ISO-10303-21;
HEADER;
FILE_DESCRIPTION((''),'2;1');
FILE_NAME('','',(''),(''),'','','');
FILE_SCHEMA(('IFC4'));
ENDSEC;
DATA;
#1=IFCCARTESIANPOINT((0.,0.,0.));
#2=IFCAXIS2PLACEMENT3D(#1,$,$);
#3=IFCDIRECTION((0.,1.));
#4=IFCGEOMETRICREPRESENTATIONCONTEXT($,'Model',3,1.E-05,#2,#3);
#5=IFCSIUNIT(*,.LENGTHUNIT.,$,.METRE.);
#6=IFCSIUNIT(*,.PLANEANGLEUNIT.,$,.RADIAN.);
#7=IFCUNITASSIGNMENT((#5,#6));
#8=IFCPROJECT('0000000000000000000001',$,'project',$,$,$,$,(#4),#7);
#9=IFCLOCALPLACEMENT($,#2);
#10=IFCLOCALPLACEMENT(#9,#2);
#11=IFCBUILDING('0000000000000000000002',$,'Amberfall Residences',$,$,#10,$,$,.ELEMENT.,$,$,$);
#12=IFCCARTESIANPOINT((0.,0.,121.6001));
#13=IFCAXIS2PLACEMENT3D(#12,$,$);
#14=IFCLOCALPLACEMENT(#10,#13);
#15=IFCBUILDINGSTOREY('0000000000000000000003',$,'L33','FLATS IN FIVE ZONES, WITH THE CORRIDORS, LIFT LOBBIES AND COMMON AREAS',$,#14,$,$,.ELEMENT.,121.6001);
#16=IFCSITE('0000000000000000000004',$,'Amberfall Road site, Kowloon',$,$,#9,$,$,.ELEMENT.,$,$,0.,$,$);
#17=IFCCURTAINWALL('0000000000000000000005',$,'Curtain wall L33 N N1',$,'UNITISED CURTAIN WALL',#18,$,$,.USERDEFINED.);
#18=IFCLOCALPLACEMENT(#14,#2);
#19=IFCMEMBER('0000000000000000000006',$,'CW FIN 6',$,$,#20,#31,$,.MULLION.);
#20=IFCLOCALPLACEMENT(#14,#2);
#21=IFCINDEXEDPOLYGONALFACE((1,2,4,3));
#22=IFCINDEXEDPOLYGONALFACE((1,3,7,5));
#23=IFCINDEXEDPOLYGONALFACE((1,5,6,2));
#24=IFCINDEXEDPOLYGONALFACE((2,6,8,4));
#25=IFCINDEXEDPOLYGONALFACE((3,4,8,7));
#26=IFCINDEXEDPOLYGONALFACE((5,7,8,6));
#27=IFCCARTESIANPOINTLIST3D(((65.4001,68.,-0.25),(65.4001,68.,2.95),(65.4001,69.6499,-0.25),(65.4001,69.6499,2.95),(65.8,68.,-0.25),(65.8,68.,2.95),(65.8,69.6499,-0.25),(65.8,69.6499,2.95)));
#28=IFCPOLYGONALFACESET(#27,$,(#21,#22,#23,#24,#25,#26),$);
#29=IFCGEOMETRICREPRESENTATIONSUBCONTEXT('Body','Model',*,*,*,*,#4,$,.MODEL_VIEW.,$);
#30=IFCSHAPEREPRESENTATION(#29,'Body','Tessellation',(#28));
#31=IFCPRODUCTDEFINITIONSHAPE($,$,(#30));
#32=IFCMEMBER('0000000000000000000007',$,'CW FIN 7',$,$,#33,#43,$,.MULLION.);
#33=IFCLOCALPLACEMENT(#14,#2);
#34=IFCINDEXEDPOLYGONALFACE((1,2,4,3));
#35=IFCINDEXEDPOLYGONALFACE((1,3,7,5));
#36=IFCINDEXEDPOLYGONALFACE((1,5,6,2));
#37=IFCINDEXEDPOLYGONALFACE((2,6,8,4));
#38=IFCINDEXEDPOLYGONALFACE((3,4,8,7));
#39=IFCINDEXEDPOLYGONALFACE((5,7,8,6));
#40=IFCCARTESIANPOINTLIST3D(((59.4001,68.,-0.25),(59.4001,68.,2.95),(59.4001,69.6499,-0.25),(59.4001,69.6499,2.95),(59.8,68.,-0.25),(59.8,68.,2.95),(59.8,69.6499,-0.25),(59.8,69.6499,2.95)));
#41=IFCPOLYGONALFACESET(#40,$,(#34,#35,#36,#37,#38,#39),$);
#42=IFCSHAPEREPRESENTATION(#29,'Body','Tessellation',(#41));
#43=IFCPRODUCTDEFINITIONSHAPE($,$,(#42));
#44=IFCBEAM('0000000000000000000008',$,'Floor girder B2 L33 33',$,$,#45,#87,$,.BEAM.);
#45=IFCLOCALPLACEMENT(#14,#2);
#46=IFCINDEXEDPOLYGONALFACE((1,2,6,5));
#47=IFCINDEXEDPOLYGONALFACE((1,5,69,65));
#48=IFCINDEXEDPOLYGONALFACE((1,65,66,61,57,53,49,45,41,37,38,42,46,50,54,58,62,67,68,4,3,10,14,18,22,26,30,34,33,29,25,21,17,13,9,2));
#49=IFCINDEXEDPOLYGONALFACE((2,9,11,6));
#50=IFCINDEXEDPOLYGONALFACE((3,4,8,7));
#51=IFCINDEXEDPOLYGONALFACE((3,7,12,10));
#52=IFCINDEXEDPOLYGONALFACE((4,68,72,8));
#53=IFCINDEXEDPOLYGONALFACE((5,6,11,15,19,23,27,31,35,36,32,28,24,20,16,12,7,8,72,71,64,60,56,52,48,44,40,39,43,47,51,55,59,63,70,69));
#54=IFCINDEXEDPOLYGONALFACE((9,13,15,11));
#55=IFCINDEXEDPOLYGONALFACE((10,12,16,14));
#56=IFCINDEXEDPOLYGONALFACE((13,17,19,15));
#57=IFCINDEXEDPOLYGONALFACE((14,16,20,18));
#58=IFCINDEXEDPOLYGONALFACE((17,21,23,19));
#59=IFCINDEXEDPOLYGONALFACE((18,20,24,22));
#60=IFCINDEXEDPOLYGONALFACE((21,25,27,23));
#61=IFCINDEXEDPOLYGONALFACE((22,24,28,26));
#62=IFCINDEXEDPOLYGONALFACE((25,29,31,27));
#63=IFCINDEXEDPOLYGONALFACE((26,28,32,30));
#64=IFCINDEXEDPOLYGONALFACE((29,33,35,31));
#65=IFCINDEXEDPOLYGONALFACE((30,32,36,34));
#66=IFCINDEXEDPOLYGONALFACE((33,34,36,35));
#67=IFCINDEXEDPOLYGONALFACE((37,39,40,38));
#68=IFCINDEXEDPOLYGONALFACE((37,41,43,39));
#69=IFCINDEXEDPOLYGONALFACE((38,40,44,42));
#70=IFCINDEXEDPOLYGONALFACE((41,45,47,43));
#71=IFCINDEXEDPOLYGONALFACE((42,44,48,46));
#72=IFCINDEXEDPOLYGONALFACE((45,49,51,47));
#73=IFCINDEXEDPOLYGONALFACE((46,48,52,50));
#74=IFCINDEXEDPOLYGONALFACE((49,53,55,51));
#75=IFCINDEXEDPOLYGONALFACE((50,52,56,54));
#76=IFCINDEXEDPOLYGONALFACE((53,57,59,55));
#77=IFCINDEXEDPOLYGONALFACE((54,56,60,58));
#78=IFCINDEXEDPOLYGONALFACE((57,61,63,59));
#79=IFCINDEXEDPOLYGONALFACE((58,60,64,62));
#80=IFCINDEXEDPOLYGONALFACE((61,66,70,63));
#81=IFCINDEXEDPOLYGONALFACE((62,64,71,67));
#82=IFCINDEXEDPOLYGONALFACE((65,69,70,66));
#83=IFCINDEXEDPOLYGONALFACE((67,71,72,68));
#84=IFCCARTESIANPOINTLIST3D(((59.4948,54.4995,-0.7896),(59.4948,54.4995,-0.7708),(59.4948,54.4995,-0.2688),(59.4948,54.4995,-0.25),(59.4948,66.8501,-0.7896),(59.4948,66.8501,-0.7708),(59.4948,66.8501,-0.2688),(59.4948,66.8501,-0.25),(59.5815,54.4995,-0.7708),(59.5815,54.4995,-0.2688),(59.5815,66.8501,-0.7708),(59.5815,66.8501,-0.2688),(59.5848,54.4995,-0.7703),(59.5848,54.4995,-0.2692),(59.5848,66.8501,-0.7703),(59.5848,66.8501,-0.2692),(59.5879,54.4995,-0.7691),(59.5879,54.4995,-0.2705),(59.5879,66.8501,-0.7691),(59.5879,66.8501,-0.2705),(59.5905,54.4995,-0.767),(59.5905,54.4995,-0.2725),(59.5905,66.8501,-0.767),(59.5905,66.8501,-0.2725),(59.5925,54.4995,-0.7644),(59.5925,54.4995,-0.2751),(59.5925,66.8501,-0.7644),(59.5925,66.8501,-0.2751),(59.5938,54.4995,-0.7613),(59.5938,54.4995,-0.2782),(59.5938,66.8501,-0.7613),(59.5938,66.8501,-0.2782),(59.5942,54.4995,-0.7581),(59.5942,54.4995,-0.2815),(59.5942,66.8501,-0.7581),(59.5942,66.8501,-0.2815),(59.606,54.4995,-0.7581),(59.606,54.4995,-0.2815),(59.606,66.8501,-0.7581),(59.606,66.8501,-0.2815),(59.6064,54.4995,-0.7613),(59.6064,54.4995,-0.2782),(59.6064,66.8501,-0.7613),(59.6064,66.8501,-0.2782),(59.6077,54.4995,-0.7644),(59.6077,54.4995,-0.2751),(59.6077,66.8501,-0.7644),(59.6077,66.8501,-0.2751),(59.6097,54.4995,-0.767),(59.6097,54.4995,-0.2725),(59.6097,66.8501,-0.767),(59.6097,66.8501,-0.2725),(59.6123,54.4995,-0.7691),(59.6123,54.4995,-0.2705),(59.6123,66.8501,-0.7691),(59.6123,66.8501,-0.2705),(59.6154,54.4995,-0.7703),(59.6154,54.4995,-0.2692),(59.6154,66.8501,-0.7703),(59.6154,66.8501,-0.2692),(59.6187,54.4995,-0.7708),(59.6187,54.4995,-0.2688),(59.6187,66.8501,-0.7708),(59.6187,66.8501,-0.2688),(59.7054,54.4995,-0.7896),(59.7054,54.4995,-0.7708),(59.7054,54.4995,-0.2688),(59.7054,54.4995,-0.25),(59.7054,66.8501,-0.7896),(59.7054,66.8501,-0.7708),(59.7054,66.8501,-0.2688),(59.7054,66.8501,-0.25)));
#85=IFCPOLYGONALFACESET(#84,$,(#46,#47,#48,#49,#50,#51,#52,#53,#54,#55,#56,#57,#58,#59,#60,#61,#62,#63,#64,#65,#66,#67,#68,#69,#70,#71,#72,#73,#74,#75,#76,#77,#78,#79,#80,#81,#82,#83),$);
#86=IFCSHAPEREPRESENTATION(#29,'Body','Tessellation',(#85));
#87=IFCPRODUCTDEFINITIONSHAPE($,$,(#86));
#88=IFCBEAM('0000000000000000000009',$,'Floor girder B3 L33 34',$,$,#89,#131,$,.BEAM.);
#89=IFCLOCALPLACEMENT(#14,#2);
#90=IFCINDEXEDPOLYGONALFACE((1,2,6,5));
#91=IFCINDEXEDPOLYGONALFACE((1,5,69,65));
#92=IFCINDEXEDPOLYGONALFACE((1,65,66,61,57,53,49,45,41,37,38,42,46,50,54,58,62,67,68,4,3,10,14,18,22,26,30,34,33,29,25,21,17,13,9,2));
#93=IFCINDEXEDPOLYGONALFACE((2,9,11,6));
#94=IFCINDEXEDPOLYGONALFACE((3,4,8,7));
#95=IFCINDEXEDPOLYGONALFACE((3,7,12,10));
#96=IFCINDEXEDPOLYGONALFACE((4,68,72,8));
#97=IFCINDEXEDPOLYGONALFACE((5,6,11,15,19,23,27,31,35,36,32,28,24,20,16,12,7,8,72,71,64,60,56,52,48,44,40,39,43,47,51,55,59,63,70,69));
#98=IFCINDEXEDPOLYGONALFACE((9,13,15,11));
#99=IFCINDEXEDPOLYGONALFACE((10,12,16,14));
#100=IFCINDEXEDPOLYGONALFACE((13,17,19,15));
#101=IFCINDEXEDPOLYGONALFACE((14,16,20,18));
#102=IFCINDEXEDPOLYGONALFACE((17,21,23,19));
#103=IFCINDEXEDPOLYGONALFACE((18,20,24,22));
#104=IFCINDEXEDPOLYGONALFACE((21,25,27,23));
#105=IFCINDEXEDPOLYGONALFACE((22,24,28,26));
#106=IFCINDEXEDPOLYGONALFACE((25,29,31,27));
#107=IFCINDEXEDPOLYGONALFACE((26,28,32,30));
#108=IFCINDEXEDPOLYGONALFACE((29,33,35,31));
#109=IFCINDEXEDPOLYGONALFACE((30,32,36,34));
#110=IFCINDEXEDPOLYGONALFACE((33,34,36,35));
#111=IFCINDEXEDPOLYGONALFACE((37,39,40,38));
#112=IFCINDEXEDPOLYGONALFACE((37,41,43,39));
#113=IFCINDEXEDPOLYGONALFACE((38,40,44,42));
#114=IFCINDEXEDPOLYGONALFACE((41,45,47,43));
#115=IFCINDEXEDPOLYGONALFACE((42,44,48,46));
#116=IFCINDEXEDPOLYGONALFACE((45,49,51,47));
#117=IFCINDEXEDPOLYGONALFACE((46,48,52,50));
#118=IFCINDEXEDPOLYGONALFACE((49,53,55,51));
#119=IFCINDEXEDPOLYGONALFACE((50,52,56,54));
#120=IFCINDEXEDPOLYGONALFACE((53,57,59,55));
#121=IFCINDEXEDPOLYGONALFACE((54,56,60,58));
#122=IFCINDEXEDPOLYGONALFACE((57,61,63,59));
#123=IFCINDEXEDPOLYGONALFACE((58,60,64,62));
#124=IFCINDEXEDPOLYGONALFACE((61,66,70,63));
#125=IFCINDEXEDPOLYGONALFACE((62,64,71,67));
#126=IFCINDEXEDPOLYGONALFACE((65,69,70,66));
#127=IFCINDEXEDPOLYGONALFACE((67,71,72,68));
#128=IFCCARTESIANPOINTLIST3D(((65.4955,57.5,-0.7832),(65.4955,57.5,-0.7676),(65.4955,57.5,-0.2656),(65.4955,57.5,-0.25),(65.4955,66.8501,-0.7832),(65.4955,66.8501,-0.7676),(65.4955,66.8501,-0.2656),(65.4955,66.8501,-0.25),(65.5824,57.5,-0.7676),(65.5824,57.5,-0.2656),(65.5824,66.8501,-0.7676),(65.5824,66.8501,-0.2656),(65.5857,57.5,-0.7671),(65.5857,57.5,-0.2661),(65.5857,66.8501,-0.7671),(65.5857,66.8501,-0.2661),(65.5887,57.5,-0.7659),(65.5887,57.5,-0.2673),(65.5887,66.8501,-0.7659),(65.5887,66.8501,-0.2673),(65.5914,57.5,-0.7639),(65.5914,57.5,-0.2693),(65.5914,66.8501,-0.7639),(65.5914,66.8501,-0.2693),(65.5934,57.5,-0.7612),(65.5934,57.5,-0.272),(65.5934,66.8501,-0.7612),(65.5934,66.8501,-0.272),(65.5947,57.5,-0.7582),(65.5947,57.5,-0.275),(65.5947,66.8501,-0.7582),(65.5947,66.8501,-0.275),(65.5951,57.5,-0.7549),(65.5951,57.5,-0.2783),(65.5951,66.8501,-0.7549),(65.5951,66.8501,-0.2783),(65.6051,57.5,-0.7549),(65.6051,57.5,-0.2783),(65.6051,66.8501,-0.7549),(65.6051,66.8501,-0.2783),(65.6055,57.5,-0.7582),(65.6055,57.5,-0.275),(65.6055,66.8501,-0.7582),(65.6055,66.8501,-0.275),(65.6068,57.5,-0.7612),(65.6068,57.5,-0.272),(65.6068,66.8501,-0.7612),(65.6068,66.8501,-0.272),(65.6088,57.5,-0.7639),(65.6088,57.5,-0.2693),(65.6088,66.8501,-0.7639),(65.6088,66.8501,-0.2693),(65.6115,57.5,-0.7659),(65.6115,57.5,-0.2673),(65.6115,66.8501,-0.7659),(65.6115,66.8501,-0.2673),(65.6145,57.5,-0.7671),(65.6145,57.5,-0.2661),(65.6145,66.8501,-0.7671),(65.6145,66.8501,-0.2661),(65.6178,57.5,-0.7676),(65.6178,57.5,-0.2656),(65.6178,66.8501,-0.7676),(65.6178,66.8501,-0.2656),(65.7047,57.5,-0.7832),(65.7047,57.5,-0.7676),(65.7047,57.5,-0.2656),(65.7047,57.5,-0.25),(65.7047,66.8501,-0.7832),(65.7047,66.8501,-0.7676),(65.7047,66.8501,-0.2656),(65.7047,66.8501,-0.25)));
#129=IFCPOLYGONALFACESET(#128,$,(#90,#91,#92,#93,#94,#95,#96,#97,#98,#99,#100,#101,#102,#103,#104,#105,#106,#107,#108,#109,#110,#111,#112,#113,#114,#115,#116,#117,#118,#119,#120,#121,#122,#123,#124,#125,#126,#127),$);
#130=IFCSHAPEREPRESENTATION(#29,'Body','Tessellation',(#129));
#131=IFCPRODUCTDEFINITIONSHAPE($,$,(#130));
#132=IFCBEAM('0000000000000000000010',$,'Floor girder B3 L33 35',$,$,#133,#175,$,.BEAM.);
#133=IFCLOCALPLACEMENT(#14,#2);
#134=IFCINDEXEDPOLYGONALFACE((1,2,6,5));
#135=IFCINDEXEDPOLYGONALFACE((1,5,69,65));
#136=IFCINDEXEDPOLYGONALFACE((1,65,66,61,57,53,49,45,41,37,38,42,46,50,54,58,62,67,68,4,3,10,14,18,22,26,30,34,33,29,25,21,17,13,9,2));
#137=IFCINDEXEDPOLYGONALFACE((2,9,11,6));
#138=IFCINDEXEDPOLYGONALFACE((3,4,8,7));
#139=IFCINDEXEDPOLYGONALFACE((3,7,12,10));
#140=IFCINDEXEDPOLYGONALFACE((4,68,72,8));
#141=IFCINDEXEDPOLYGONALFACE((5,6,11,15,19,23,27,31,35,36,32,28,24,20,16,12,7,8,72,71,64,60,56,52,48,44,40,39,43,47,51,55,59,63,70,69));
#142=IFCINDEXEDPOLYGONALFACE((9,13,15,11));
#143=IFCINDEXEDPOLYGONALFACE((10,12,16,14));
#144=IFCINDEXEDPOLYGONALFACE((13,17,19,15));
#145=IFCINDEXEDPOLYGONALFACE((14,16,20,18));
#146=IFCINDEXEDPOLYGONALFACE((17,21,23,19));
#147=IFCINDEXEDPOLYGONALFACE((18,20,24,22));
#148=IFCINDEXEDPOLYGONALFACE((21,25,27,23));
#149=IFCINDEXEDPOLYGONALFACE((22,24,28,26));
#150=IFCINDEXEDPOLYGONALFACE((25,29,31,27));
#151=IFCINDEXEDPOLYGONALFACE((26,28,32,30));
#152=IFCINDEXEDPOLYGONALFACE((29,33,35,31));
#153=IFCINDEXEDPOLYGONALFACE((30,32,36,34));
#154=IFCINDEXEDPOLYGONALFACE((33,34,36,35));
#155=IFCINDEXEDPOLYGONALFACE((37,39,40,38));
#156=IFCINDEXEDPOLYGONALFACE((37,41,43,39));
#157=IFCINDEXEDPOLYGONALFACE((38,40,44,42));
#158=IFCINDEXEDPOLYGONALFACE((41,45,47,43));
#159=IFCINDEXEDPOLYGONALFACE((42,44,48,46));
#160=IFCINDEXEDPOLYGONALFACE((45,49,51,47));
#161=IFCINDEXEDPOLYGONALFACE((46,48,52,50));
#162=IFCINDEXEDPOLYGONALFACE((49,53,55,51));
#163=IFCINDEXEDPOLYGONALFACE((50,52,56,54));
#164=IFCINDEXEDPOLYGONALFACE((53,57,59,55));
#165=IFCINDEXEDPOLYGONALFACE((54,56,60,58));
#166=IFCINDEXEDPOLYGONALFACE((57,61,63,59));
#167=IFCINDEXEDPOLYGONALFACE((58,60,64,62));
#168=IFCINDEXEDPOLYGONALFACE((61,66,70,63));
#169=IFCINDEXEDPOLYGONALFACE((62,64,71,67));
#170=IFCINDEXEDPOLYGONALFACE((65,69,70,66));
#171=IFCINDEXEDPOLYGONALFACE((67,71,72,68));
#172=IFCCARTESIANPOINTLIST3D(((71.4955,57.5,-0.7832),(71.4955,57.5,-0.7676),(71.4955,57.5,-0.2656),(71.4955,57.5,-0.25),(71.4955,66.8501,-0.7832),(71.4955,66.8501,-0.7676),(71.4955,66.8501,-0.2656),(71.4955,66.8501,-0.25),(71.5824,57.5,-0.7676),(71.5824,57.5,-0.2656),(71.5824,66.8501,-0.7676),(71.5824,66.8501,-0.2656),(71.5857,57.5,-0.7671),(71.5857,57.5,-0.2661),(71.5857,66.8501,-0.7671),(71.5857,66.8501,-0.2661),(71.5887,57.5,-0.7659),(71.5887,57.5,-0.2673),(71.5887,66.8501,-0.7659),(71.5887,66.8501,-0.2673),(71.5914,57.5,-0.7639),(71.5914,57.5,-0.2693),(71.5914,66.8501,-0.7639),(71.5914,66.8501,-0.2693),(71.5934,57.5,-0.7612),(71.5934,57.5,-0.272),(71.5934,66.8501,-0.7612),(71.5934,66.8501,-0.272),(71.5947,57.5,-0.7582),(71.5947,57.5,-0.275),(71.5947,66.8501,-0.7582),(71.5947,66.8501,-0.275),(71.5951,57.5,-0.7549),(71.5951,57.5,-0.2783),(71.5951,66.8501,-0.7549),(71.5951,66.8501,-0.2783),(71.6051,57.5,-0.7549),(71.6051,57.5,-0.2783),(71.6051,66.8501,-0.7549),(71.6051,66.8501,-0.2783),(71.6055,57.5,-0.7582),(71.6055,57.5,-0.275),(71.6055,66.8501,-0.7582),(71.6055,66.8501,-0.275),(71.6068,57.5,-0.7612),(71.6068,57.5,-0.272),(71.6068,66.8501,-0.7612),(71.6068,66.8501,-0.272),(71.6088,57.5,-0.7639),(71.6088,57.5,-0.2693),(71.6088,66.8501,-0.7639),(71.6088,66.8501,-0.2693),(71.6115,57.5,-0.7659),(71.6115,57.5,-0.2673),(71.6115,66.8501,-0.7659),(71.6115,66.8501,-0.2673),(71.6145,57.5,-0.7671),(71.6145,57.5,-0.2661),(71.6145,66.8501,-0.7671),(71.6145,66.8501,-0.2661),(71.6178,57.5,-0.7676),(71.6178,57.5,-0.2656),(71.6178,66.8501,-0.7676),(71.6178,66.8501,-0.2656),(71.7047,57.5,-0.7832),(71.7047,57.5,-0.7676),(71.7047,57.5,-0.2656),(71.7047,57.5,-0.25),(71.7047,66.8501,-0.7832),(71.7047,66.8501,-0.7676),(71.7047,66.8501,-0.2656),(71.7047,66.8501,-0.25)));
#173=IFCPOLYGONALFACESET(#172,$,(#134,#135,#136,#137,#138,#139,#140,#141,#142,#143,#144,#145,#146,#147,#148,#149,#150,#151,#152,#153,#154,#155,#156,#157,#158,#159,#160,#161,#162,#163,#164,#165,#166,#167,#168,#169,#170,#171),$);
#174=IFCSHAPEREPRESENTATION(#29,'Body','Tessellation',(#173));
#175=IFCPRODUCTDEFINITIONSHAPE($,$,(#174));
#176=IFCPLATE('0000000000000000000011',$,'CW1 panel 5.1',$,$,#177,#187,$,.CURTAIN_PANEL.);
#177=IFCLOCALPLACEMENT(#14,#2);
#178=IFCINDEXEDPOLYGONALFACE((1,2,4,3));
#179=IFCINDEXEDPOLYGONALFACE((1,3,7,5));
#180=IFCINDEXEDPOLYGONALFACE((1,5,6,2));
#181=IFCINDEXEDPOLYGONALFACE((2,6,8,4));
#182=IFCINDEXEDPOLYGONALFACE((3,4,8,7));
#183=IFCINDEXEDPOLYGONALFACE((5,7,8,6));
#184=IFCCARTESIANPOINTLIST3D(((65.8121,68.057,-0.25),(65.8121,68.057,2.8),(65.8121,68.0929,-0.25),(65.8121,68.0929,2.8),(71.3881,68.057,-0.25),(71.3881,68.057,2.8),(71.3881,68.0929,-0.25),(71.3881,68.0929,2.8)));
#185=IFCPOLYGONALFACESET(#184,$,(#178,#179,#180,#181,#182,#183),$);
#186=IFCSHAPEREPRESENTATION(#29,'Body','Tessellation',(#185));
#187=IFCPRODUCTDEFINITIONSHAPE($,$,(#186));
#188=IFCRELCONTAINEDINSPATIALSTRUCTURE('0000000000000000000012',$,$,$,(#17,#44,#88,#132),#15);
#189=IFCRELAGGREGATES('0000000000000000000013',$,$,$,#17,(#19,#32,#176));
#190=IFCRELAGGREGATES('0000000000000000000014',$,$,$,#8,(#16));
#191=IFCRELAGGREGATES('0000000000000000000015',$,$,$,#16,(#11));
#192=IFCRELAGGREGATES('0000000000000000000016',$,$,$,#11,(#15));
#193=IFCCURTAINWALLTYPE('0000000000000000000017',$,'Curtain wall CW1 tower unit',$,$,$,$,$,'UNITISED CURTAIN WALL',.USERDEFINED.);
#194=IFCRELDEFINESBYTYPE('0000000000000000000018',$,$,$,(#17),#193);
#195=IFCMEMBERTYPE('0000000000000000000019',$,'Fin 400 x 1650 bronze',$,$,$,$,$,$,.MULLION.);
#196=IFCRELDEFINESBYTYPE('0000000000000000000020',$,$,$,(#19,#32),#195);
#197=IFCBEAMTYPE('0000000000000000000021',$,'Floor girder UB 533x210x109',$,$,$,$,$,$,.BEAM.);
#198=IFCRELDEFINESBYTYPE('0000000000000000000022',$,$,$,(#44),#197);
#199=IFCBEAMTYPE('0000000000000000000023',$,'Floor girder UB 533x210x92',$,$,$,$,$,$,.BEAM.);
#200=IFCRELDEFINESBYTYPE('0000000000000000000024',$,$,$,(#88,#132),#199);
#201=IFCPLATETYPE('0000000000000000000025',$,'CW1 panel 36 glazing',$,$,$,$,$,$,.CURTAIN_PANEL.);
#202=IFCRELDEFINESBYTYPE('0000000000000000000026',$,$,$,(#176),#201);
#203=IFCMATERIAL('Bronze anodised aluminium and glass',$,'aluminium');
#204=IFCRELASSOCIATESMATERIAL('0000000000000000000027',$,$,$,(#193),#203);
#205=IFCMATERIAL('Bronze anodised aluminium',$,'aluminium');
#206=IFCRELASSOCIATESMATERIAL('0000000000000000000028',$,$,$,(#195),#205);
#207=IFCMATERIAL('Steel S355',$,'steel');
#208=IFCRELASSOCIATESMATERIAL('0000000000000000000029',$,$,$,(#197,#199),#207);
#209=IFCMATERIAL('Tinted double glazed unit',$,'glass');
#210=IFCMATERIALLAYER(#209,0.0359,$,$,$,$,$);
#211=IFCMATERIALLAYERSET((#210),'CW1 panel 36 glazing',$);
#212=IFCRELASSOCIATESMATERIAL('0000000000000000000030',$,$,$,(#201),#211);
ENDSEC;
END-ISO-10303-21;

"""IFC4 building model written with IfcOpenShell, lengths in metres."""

from ifc_helpers import new_model, si_unit, direction, frame, origin, origin_2d, place, context, subcontext, project, spatial, rectangle, i_section, extrude, material, layer, layer_set, material_profile, profile_set, type_object, element, aggregate, save


model = new_model("IFC4")

# Units and contexts
model_context = context("Model", 3, precision=1e-05, world=origin(), true_north=direction((0.0, 1.0)))
body_context = subcontext(model_context, "Body", "Model", "MODEL_VIEW")
ifc_project = project(units=[si_unit("LENGTHUNIT", "METRE"), si_unit("PLANEANGLEUNIT", "RADIAN")], contexts=[model_context])

# Site, building, storey
site_placement = place(None, origin())
site = spatial("IfcSite", under=ifc_project, at=site_placement, Name="Amberfall Road site, Kowloon", CompositionType="ELEMENT", RefElevation=0.0)
building_placement = place(site_placement, origin())
building = spatial("IfcBuilding", under=site, at=building_placement, Name="Amberfall Residences", CompositionType="ELEMENT")
storey_placement = place(building_placement, frame((0.0, 0.0, 121.6001)))
storey = spatial("IfcBuildingStorey", under=building, at=storey_placement, Name="L33", Description="FLATS IN FIVE ZONES, WITH THE CORRIDORS, LIFT LOBBIES AND COMMON AREAS", CompositionType="ELEMENT", Elevation=121.6001)

# Curtain wall
ifc_material_1 = material(Name="Bronze anodised aluminium and glass", Category="aluminium")
curtain_wall_type = type_object("IfcCurtainWallType", Name="Curtain wall CW1 tower unit", ElementType="UNITISED CURTAIN WALL", PredefinedType="USERDEFINED", material=ifc_material_1)
curtain_wall_placement = place(storey_placement, origin())
curtain_wall = element("IfcCurtainWall", 1, at=curtain_wall_placement, inside=storey, type_object=curtain_wall_type, Name="Curtain wall L33 N N1", ObjectType="UNITISED CURTAIN WALL", PredefinedType="USERDEFINED")
ifc_material_2 = material(Name="Bronze anodised aluminium", Category="aluminium")

# Shared definitions
ifc_material_3 = material(Name="Steel S355", Category="steel")

# Members
ifc_material_profile_1 = material_profile(ifc_material_2, rectangle(XDim=1.6499, YDim=0.3999, at=origin_2d()), Name="Fin 400 x 1650 bronze")
ifc_profile_set_1 = profile_set([ifc_material_profile_1], Name="Bronze anodised aluminium")
member_type_1 = type_object("IfcMemberType", Name="Fin 400 x 1650 bronze", PredefinedType="MULLION", material=ifc_profile_set_1)
member_1_placement = place(storey_placement, frame((65.6001, 68.825, -0.25), z_axis=(0.0, 0.0, 1.0), x_axis=(0.0, -1.0, 0.0)))
member_1 = element("IfcMember", 2, at=member_1_placement, type_object=member_type_1, Name="CW FIN 6", PredefinedType="MULLION", context=body_context, shape_type="SweptSolid", body=[
    extrude(rectangle(XDim=1.6499, YDim=0.3999, at=origin_2d()), origin(), (0.0, 0.0, 1.0), 3.2),
])
member_2_placement = place(storey_placement, frame((59.6001, 68.825, -0.25), z_axis=(0.0, 0.0, 1.0), x_axis=(0.0, -1.0, 0.0)))
member_2 = element("IfcMember", 3, at=member_2_placement, type_object=member_type_1, Name="CW FIN 7", PredefinedType="MULLION", context=body_context, shape_type="SweptSolid", body=[
    extrude(rectangle(XDim=1.6499, YDim=0.3999, at=origin_2d()), origin(), (0.0, 0.0, 1.0), 3.2),
])

# Beams
ifc_material_profile_2 = material_profile(ifc_material_3, i_section(OverallWidth=0.2107, OverallDepth=0.5396, WebThickness=0.0117, FlangeThickness=0.0188, FilletRadius=0.0127, at=origin_2d()), Name="UB 533x210x109")
ifc_profile_set_2 = profile_set([ifc_material_profile_2], Name="Steel S355")
beam_type_1 = type_object("IfcBeamType", Name="Floor girder UB 533x210x109", PredefinedType="BEAM", material=ifc_profile_set_2)
beam_placement = place(storey_placement, frame((59.6001, 66.8501, -0.5198), z_axis=(0.0, -1.0, 0.0), x_axis=(1.0, 0.0, 0.0)))
element("IfcBeam", 4, at=beam_placement, inside=storey, type_object=beam_type_1, Name="Floor girder B2 L33 33", PredefinedType="BEAM", context=body_context, shape_type="SweptSolid", body=[
    extrude(i_section(OverallWidth=0.2107, OverallDepth=0.5396, WebThickness=0.0117, FlangeThickness=0.0188, FilletRadius=0.0127, at=origin_2d()), origin(), (0.0, 0.0, 1.0), 12.3506),
])
ifc_material_profile_3 = material_profile(ifc_material_3, i_section(OverallWidth=0.2092, OverallDepth=0.5332, WebThickness=0.01, FlangeThickness=0.0156, FilletRadius=0.0127, at=origin_2d()), Name="UB 533x210x92")
ifc_profile_set_3 = profile_set([ifc_material_profile_3], Name="Steel S355")
beam_type_2 = type_object("IfcBeamType", Name="Floor girder UB 533x210x92", PredefinedType="BEAM", material=ifc_profile_set_3)
for number, where, z_axis, x_axis, name in (
    (5, (65.6001, 66.8501, -0.5166), (0.0, -1.0, 0.0), (1.0, 0.0, 0.0), "Floor girder B3 L33 34"),
    (6, (71.6001, 66.8501, -0.5166), (0.0, -1.0, 0.0), (1.0, 0.0, 0.0), "Floor girder B3 L33 35"),
):
    element("IfcBeam", number, at=place(storey_placement, frame(where, z_axis=z_axis, x_axis=x_axis)), inside=storey, type_object=beam_type_2, Name=name, PredefinedType="BEAM", context=body_context, shape_type="SweptSolid", body=[
        extrude(i_section(OverallWidth=0.2092, OverallDepth=0.5332, WebThickness=0.01, FlangeThickness=0.0156, FilletRadius=0.0127, at=origin_2d()), origin(), (0.0, 0.0, 1.0), 9.3501),
    ])

# Plate
ifc_material_4 = material(Name="Tinted double glazed unit", Category="glass")
ifc_layer_1 = layer(ifc_material_4, 0.0359)
ifc_layer_set_1 = layer_set([ifc_layer_1], Name="CW1 panel 36 glazing")
plate_type = type_object("IfcPlateType", Name="CW1 panel 36 glazing", PredefinedType="CURTAIN_PANEL", material=ifc_layer_set_1)
plate_1_placement = place(storey_placement, frame((68.6001, 68.075, -0.25), z_axis=(0.0, 0.0, 1.0), x_axis=(-1.0, 0.0, 0.0)))
plate_1 = element("IfcPlate", 7, at=plate_1_placement, type_object=plate_type, Name="CW1 panel 5.1", PredefinedType="CURTAIN_PANEL", context=body_context, shape_type="SweptSolid", body=[
    extrude(rectangle(XDim=5.5759, YDim=0.0359, at=origin_2d()), origin(), (0.0, 0.0, 1.0), 3.05),
])
aggregate(curtain_wall, [member_1, member_2, plate_1])

save(model, "model.ifc")
